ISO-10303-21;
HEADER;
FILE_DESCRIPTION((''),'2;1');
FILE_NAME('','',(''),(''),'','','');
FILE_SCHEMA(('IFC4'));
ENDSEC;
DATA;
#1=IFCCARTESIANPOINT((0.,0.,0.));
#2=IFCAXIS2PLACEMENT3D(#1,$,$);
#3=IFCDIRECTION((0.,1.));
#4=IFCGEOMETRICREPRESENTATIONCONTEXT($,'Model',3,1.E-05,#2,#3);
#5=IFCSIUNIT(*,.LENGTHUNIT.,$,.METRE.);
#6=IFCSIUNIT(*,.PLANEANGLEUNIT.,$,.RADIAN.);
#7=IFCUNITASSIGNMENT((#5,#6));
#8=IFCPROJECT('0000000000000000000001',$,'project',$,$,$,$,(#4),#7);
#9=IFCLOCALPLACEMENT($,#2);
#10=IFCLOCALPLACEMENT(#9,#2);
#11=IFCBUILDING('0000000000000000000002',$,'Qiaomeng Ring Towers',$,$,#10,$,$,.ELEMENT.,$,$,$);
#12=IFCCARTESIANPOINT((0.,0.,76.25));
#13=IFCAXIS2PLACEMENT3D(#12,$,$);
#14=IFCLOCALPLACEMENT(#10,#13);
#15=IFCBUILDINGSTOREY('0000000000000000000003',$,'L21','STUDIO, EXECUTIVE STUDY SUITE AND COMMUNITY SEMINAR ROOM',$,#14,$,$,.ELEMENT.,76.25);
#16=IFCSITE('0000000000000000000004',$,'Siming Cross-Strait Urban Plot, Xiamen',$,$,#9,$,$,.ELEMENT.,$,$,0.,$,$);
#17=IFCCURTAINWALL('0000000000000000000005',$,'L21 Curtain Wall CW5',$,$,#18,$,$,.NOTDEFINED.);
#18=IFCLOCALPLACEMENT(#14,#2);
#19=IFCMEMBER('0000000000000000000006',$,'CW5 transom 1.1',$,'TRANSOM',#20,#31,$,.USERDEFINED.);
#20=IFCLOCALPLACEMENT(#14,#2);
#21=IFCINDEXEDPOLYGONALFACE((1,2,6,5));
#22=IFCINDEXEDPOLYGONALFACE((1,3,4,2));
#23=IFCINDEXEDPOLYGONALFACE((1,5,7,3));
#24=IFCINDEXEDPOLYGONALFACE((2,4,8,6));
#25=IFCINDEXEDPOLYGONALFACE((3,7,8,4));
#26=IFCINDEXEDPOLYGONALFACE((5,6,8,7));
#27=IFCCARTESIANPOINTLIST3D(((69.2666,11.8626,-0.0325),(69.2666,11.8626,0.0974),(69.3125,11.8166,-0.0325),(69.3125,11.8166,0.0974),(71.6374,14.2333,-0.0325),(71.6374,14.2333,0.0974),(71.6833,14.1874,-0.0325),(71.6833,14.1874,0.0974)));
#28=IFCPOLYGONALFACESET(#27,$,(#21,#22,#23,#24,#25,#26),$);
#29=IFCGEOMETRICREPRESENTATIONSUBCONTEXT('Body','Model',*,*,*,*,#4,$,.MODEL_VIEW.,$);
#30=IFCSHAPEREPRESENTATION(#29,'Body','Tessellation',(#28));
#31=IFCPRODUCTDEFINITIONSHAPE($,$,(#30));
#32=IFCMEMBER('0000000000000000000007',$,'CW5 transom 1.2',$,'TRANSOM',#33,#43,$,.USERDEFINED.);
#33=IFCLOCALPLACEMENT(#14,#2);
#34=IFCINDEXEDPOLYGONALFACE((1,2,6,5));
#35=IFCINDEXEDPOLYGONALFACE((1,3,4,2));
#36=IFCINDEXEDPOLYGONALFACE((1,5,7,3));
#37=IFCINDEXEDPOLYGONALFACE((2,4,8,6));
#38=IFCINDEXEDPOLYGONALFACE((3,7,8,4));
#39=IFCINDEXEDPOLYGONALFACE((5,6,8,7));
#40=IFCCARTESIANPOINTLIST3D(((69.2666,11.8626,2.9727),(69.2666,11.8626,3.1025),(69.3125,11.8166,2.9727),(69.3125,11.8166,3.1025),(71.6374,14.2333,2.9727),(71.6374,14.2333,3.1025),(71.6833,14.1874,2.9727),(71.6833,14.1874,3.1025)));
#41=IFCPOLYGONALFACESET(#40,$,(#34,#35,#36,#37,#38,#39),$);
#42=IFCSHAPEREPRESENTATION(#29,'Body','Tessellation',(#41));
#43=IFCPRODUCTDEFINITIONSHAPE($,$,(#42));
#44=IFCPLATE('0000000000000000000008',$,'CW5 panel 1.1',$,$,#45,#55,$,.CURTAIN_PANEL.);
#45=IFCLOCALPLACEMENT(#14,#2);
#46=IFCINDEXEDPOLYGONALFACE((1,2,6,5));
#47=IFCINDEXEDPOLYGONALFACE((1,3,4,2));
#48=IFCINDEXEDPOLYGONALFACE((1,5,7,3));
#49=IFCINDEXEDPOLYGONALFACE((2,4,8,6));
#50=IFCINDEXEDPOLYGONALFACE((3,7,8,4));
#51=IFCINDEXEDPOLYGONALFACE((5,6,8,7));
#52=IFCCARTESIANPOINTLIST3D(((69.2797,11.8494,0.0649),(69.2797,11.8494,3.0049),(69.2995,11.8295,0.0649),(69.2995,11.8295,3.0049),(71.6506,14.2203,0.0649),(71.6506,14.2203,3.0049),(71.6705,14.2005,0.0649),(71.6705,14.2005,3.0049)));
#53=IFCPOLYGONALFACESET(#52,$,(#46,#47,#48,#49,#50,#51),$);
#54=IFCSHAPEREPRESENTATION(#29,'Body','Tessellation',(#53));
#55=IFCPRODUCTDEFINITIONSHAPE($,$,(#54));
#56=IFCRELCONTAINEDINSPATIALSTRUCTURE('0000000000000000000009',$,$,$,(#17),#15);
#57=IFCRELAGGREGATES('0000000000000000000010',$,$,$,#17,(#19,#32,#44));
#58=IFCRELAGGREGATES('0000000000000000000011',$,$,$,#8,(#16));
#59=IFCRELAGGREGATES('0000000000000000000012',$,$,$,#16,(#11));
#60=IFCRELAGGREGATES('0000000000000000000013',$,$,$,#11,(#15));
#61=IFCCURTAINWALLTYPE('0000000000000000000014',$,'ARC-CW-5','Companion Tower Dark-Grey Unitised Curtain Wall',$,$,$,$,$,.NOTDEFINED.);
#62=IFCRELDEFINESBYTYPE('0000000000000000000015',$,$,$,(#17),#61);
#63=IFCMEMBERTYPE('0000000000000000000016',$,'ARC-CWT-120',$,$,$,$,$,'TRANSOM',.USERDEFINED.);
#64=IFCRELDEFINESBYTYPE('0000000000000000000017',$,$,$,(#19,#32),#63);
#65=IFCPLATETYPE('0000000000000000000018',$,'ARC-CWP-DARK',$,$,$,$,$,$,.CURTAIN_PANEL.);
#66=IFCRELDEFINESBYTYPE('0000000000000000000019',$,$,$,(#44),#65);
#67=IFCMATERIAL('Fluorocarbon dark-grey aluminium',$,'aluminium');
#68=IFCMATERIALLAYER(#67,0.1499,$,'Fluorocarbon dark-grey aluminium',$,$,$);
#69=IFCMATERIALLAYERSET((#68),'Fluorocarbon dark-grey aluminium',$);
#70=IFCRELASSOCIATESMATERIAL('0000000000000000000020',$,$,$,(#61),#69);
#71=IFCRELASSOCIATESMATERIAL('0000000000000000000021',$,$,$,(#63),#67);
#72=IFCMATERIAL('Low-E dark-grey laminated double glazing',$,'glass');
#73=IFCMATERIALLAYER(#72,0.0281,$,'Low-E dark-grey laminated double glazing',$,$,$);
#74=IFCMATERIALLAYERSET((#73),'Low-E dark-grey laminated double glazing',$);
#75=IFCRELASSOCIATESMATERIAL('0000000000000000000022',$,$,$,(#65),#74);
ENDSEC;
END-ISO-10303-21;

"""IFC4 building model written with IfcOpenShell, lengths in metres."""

from ifc_helpers import new_model, si_unit, direction, frame, origin, origin_2d, place, context, subcontext, project, spatial, rectangle, extrude, source, transform, mapped, material, layer, layer_set, material_profile, profile_set, type_object, element, aggregate, save


model = new_model("IFC4")

# Units and contexts
model_context = context("Model", 3, precision=1e-05, world=origin(), true_north=direction((0.0, 1.0)))
body_context = subcontext(model_context, "Body", "Model", "MODEL_VIEW")
ifc_project = project(units=[si_unit("LENGTHUNIT", "METRE"), si_unit("PLANEANGLEUNIT", "RADIAN")], contexts=[model_context])

# Site, building, storey
site_placement = place(None, origin())
site = spatial("IfcSite", under=ifc_project, at=site_placement, Name="Siming Cross-Strait Urban Plot, Xiamen", CompositionType="ELEMENT", RefElevation=0.0)
building_placement = place(site_placement, origin())
building = spatial("IfcBuilding", under=site, at=building_placement, Name="Qiaomeng Ring Towers", CompositionType="ELEMENT")
storey_placement = place(building_placement, frame((0.0, 0.0, 76.25)))
storey = spatial("IfcBuildingStorey", under=building, at=storey_placement, Name="L21", Description="STUDIO, EXECUTIVE STUDY SUITE AND COMMUNITY SEMINAR ROOM", CompositionType="ELEMENT", Elevation=76.25)

# Curtain wall
ifc_material_1 = material(Name="Fluorocarbon dark-grey aluminium", Category="aluminium")
ifc_layer_1 = layer(ifc_material_1, 0.1499, Name="Fluorocarbon dark-grey aluminium")
ifc_layer_set_1 = layer_set([ifc_layer_1], Name="Fluorocarbon dark-grey aluminium")
curtain_wall_type = type_object("IfcCurtainWallType", Name="ARC-CW-5", Description="Companion Tower Dark-Grey Unitised Curtain Wall", PredefinedType="NOTDEFINED", material=ifc_layer_set_1)
curtain_wall_1_placement = place(storey_placement, origin())
curtain_wall_1 = element("IfcCurtainWall", 1, at=curtain_wall_1_placement, inside=storey, type_object=curtain_wall_type, Name="L21 Curtain Wall CW5", PredefinedType="NOTDEFINED")

# Members
ifc_material_profile_1 = material_profile(ifc_material_1, rectangle(XDim=0.0649, YDim=0.1299, at=origin_2d()), Name="ALU TRAN 65x130")
ifc_profile_set_1 = profile_set([ifc_material_profile_1], Name="Fluorocarbon dark-grey aluminium")
member_type_1 = type_object("IfcMemberType", Name="ARC-CWT-120", ElementType="TRANSOM", PredefinedType="USERDEFINED", material=ifc_profile_set_1)
shared_shape_1 = source(origin(), body_context, "Body", "SweptSolid", [
    extrude(rectangle(XDim=0.0649, YDim=0.1299, at=origin_2d()), origin(), (0.0, 0.0, 1.0), 3.3528),
])
member_1_placement = place(storey_placement, frame((69.2896, 11.8396, 0.0325), z_axis=(0.707107, 0.707107, 0.0), x_axis=(-0.707107, 0.707107, 0.0)))
member_1 = element("IfcMember", 2, at=member_1_placement, type_object=member_type_1, Name="CW5 transom 1.1", ObjectType="TRANSOM", PredefinedType="USERDEFINED", context=body_context, shape_type="MappedRepresentation", body=[
    mapped(shared_shape_1, transform((0.0, 0.0, 0.0), x_axis=(1.0, 0.0, 0.0), y_axis=(0.0, 1.0, 0.0), z_axis=(0.0, 0.0, 1.0), scale=1.0)),
])
member_2_placement = place(storey_placement, frame((69.2896, 11.8396, 3.0376), z_axis=(0.707107, 0.707107, 0.0), x_axis=(-0.707107, 0.707107, 0.0)))
member_2 = element("IfcMember", 3, at=member_2_placement, type_object=member_type_1, Name="CW5 transom 1.2", ObjectType="TRANSOM", PredefinedType="USERDEFINED", context=body_context, shape_type="MappedRepresentation", body=[
    mapped(shared_shape_1, transform((0.0, 0.0, 0.0), x_axis=(1.0, 0.0, 0.0), y_axis=(0.0, 1.0, 0.0), z_axis=(0.0, 0.0, 1.0), scale=1.0)),
])

# Plate
ifc_material_2 = material(Name="Low-E dark-grey laminated double glazing", Category="glass")
ifc_layer_2 = layer(ifc_material_2, 0.0281, Name="Low-E dark-grey laminated double glazing")
ifc_layer_set_2 = layer_set([ifc_layer_2], Name="Low-E dark-grey laminated double glazing")
plate_type = type_object("IfcPlateType", Name="ARC-CWP-DARK", PredefinedType="CURTAIN_PANEL", material=ifc_layer_set_2)
shared_shape_2 = source(origin(), body_context, "Body", "SweptSolid", [
    extrude(rectangle(XDim=3.353, YDim=0.0281, at=origin_2d()), origin(), (0.0, 0.0, 1.0), 2.9399),
])
plate_placement = place(storey_placement, frame((70.4751, 13.0249, 0.0649), z_axis=(0.0, 0.0, 1.0), x_axis=(0.707107, 0.707107, 0.0)))
plate = element("IfcPlate", 4, at=plate_placement, type_object=plate_type, Name="CW5 panel 1.1", PredefinedType="CURTAIN_PANEL", context=body_context, shape_type="MappedRepresentation", body=[
    mapped(shared_shape_2, transform((0.0, 0.0, 0.0), x_axis=(1.0, 0.0, 0.0), y_axis=(0.0, 1.0, 0.0), z_axis=(0.0, 0.0, 1.0), scale=1.0)),
])
aggregate(curtain_wall_1, [member_1, member_2, plate])

save(model, "model.ifc")
